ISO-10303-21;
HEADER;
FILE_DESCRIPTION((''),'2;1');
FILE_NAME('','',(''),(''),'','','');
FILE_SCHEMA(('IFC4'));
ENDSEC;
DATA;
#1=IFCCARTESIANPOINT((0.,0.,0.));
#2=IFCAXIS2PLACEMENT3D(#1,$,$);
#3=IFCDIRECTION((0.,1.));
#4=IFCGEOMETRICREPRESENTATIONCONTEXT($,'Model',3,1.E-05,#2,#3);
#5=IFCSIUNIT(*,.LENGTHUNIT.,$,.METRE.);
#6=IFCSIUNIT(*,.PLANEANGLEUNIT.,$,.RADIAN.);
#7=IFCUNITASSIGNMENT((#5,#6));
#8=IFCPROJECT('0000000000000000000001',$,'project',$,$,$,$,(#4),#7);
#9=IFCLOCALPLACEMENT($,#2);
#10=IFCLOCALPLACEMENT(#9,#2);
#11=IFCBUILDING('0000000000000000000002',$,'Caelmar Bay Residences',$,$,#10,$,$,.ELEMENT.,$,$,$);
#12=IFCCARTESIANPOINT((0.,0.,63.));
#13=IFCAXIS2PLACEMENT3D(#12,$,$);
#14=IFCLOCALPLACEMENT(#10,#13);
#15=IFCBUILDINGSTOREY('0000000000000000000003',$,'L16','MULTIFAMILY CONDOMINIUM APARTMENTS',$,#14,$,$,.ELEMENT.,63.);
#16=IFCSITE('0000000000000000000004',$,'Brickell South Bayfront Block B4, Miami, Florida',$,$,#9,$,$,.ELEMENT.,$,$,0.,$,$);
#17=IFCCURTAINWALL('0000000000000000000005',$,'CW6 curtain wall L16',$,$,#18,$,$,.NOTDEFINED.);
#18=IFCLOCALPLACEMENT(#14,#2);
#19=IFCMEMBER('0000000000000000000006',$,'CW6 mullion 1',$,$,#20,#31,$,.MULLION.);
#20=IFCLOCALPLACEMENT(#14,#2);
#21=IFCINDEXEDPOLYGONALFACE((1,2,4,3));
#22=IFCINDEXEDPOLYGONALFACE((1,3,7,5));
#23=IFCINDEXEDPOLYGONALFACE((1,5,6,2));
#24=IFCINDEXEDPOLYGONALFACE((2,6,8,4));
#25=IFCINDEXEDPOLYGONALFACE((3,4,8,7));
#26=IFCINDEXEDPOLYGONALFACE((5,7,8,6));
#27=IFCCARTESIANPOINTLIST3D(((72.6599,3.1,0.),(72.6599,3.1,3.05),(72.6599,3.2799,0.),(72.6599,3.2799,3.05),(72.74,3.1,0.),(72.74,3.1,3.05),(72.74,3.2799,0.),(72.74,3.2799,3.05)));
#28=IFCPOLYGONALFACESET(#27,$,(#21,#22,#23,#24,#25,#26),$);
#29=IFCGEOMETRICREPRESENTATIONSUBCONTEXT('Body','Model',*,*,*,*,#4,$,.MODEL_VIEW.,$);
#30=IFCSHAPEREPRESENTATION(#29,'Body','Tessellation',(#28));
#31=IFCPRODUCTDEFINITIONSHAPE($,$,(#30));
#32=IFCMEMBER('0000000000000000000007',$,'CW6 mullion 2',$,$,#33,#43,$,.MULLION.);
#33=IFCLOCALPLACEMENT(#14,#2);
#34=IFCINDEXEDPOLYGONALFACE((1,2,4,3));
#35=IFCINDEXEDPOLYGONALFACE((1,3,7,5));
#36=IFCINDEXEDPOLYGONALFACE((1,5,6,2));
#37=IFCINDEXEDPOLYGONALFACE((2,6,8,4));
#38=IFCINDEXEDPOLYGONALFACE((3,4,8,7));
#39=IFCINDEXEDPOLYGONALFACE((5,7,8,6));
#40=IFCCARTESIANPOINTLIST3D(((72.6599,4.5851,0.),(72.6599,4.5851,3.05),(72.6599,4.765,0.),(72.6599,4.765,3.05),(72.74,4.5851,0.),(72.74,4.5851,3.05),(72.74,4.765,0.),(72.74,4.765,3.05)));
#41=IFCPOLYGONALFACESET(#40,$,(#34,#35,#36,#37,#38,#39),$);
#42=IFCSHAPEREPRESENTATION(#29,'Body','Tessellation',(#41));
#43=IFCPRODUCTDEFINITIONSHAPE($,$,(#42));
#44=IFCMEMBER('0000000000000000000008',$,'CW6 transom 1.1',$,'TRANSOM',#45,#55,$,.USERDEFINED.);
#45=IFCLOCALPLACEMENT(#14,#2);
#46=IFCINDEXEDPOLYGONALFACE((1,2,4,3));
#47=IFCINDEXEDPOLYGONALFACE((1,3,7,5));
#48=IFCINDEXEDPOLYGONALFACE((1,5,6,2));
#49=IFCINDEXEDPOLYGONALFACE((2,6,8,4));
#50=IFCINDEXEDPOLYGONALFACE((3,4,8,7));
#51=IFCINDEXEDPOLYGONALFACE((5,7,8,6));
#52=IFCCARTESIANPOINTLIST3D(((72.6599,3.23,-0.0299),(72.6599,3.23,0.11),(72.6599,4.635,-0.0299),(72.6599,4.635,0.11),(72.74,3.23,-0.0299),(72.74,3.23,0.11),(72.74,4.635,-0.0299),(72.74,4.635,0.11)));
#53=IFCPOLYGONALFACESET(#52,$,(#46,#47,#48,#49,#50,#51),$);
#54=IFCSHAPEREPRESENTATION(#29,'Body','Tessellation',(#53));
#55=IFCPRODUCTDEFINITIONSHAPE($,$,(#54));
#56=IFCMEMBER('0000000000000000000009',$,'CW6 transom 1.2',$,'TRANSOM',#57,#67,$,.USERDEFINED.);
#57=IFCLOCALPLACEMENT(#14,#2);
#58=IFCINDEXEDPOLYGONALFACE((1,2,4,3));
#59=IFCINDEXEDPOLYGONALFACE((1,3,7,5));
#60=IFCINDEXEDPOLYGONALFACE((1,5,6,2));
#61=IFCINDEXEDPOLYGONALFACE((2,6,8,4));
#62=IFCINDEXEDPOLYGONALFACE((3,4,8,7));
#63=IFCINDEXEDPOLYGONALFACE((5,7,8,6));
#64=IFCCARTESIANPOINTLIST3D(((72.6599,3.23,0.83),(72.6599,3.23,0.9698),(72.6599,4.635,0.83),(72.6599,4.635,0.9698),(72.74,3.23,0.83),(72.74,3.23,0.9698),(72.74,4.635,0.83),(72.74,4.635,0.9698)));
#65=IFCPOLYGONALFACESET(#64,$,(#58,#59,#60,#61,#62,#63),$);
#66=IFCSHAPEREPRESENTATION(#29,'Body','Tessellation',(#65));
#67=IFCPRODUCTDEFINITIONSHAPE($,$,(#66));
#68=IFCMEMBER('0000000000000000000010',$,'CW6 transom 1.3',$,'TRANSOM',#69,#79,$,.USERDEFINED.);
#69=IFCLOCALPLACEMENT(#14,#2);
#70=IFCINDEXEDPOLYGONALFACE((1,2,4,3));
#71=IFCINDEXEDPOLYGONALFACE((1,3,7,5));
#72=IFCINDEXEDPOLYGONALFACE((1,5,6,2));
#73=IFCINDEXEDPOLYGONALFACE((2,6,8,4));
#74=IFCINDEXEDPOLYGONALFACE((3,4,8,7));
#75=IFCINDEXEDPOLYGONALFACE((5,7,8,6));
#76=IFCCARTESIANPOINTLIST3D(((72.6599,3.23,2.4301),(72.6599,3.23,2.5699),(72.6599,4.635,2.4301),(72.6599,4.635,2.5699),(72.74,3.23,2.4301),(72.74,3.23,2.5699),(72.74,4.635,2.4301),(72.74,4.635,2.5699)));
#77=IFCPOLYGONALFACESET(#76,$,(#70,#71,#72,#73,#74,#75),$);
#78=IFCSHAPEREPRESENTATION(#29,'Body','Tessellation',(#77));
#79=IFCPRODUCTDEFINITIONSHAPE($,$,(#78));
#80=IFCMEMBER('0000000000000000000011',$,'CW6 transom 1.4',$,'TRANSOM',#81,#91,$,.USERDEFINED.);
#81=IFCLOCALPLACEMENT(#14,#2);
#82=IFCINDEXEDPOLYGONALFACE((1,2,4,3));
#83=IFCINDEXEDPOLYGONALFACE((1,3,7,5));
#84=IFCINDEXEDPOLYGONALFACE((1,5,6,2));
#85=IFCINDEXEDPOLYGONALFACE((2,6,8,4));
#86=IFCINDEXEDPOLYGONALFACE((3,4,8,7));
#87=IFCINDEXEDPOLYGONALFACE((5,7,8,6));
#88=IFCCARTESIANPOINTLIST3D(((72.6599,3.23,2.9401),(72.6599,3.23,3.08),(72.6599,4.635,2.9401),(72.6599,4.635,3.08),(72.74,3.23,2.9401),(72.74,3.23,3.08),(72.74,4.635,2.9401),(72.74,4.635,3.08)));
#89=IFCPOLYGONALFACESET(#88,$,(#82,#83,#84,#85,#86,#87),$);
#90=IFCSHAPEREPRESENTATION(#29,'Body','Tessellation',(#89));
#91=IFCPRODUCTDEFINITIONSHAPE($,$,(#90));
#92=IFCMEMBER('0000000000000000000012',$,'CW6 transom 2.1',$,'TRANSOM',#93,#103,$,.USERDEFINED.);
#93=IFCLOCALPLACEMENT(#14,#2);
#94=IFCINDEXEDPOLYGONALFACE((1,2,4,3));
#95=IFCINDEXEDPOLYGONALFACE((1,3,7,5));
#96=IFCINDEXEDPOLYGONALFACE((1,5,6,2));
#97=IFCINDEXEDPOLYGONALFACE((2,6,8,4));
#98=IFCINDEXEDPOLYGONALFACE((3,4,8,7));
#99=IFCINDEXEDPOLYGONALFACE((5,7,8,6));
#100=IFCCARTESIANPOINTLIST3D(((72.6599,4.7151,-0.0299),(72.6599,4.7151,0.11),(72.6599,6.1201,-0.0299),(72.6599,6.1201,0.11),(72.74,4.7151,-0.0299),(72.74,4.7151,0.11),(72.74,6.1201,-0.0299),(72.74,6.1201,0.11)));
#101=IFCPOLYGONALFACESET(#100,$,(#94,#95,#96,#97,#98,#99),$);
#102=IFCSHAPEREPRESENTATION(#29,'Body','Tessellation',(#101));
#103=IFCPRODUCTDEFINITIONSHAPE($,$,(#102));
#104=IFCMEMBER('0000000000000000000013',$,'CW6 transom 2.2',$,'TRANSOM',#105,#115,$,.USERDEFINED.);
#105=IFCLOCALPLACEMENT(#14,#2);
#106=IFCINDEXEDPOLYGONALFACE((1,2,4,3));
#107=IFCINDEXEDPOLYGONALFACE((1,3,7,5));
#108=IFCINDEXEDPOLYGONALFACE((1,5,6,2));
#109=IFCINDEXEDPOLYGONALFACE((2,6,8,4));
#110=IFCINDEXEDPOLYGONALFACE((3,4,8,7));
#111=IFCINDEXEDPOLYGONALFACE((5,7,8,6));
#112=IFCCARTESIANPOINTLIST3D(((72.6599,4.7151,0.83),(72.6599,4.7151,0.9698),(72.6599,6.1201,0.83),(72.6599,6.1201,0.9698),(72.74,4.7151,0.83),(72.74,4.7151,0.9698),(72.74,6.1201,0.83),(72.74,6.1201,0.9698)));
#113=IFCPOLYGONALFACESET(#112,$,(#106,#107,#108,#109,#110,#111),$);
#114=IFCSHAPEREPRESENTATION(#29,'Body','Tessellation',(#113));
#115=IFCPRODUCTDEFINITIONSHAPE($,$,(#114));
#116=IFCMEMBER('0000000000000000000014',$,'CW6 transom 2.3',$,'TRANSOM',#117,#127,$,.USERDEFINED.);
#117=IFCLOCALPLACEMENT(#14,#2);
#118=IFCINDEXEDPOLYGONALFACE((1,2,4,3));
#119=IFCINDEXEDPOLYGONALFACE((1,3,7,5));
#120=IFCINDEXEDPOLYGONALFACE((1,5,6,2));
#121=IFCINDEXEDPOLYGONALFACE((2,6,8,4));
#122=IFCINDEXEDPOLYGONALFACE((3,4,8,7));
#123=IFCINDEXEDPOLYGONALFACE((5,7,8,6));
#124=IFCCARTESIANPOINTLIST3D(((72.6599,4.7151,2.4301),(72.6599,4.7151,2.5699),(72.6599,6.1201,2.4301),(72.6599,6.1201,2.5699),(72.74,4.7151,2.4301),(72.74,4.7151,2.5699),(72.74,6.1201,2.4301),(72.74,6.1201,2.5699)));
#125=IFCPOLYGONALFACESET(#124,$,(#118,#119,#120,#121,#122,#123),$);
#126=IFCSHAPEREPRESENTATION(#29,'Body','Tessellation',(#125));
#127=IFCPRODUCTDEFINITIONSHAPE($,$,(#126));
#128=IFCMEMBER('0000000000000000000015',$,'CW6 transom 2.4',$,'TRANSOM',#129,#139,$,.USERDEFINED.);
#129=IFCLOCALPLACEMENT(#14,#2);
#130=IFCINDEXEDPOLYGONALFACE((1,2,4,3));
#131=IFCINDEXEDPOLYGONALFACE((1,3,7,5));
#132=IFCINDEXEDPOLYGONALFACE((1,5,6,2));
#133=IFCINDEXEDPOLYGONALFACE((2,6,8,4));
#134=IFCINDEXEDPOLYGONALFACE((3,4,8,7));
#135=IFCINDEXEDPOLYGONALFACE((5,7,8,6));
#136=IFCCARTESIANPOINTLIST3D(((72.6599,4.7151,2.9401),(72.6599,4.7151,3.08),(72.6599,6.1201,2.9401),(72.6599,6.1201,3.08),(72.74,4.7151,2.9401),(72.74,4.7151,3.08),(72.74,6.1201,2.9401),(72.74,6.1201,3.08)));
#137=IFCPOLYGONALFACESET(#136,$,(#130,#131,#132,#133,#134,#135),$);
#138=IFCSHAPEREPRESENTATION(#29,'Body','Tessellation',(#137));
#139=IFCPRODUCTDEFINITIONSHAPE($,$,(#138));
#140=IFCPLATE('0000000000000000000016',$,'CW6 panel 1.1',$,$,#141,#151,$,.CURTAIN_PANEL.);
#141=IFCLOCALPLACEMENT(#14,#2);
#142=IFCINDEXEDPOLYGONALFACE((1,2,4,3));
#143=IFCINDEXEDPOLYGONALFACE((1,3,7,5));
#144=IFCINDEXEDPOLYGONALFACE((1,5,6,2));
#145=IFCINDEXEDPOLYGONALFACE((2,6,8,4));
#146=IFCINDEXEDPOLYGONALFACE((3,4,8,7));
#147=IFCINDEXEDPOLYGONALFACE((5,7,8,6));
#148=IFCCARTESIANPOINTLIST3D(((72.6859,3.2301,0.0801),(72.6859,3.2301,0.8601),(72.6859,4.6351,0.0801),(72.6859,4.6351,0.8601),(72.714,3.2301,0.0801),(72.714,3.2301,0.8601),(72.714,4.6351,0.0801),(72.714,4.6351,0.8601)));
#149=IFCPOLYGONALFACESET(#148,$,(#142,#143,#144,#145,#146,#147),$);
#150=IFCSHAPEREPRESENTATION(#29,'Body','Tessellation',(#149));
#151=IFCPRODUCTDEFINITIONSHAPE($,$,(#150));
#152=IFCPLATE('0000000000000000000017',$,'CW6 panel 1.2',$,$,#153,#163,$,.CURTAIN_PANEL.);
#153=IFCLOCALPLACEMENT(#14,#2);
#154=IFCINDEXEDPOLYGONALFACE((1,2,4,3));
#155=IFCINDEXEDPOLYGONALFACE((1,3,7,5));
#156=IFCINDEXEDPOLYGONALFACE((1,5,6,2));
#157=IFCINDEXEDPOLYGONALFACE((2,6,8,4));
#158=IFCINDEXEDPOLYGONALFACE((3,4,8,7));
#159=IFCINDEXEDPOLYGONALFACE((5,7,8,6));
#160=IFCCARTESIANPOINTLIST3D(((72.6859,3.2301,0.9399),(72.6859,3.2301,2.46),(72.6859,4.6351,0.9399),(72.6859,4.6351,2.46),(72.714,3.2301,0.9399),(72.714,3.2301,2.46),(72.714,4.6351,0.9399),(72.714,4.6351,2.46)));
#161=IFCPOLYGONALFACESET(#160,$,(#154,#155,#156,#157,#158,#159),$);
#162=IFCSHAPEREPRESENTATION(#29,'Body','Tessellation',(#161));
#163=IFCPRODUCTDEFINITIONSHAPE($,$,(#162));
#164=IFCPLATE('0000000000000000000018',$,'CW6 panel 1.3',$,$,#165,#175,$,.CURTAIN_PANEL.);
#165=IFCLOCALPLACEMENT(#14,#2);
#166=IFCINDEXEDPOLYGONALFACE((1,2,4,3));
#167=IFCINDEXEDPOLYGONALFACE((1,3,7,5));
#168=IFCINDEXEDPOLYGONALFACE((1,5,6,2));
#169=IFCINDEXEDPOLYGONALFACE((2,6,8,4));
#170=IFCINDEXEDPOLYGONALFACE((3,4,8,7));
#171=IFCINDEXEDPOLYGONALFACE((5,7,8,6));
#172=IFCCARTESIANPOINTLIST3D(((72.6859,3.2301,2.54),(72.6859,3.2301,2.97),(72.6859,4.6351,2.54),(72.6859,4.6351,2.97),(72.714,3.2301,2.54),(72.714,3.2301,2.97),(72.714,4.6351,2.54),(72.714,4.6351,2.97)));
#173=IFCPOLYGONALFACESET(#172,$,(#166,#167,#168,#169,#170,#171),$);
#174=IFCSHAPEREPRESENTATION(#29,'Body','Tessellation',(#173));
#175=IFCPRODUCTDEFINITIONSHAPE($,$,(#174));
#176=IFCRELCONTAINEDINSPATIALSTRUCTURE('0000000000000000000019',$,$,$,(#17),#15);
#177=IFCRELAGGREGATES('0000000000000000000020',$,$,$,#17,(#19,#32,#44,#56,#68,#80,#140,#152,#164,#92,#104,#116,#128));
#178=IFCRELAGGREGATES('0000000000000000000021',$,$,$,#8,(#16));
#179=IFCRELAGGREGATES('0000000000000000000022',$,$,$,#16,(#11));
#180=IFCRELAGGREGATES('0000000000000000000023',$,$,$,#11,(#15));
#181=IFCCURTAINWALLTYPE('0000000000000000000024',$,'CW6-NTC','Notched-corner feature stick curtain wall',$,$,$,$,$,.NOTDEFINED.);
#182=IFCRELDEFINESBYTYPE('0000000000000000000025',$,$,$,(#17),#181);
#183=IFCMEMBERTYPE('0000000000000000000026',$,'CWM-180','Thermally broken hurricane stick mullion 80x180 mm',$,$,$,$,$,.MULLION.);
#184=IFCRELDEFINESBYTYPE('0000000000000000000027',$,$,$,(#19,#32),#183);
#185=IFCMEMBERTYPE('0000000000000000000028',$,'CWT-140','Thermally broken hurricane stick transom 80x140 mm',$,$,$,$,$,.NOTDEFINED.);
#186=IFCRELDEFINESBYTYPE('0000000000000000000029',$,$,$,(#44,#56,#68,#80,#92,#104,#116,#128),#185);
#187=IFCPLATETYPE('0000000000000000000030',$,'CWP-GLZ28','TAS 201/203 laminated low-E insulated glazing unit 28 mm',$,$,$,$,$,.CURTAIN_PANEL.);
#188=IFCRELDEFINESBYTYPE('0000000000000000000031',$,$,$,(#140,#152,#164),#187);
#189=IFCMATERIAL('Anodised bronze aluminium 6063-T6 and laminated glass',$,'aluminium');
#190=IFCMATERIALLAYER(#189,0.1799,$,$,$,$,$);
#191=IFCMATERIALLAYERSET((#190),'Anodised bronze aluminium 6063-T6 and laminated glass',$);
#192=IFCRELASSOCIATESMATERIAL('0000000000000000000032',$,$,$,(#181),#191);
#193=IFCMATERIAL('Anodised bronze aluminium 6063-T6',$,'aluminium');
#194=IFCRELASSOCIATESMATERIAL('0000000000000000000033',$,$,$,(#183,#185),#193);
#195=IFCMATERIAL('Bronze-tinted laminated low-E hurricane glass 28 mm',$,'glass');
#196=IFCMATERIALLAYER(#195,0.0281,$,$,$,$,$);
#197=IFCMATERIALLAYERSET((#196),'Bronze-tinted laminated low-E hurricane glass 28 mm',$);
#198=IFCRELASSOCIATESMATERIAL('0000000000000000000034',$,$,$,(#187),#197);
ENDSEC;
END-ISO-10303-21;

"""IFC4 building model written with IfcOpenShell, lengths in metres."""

from ifc_helpers import new_model, si_unit, direction, frame, origin, origin_2d, place, context, subcontext, project, spatial, rectangle, extrude, material, layer, layer_set, material_profile, profile_set, type_object, element, aggregate, save


model = new_model("IFC4")

# Units and contexts
model_context = context("Model", 3, precision=1e-05, world=origin(), true_north=direction((0.0, 1.0)))
body_context = subcontext(model_context, "Body", "Model", "MODEL_VIEW")
ifc_project = project(units=[si_unit("LENGTHUNIT", "METRE"), si_unit("PLANEANGLEUNIT", "RADIAN")], contexts=[model_context])

# Site, building, storey
site_placement = place(None, origin())
site = spatial("IfcSite", under=ifc_project, at=site_placement, Name="Brickell South Bayfront Block B4, Miami, Florida", CompositionType="ELEMENT", RefElevation=0.0)
building_placement = place(site_placement, origin())
building = spatial("IfcBuilding", under=site, at=building_placement, Name="Caelmar Bay Residences", CompositionType="ELEMENT")
storey_placement = place(building_placement, frame((0.0, 0.0, 63.0)))
storey = spatial("IfcBuildingStorey", under=building, at=storey_placement, Name="L16", Description="MULTIFAMILY CONDOMINIUM APARTMENTS", CompositionType="ELEMENT", Elevation=63.0)

# Curtain wall, members, plates
ifc_material_1 = material(Name="Anodised bronze aluminium 6063-T6 and laminated glass", Category="aluminium")
ifc_layer_1 = layer(ifc_material_1, 0.1799)
ifc_layer_set_1 = layer_set([ifc_layer_1], Name="Anodised bronze aluminium 6063-T6 and laminated glass")
curtain_wall_type = type_object("IfcCurtainWallType", Name="CW6-NTC", Description="Notched-corner feature stick curtain wall", PredefinedType="NOTDEFINED", material=ifc_layer_set_1)
curtain_wall_placement = place(storey_placement, origin())
curtain_wall = element("IfcCurtainWall", 1, at=curtain_wall_placement, inside=storey, type_object=curtain_wall_type, Name="CW6 curtain wall L16", PredefinedType="NOTDEFINED")
ifc_material_2 = material(Name="Anodised bronze aluminium 6063-T6", Category="aluminium")
ifc_material_profile_1 = material_profile(ifc_material_2, rectangle(XDim=0.0801, YDim=0.1799, at=origin_2d()), Name="CWM-80X180")
ifc_profile_set_1 = profile_set([ifc_material_profile_1], Name="Anodised bronze aluminium 6063-T6")
member_type_1 = type_object("IfcMemberType", Name="CWM-180", Description="Thermally broken hurricane stick mullion 80x180 mm", PredefinedType="MULLION", material=ifc_profile_set_1)
member_1_placement = place(storey_placement, frame((72.7, 3.1899, 0.0), z_axis=(0.0, 0.0, 1.0), x_axis=(-1.0, 0.0, 0.0)))
member_1 = element("IfcMember", 2, at=member_1_placement, type_object=member_type_1, Name="CW6 mullion 1", PredefinedType="MULLION", context=body_context, shape_type="SweptSolid", body=[
    extrude(rectangle(XDim=0.0801, YDim=0.1799, at=origin_2d()), origin(), (0.0, 0.0, 1.0), 3.05),
])
member_2_placement = place(storey_placement, frame((72.7, 4.675, 0.0), z_axis=(0.0, 0.0, 1.0), x_axis=(-1.0, 0.0, 0.0)))
member_2 = element("IfcMember", 3, at=member_2_placement, type_object=member_type_1, Name="CW6 mullion 2", PredefinedType="MULLION", context=body_context, shape_type="SweptSolid", body=[
    extrude(rectangle(XDim=0.0801, YDim=0.1799, at=origin_2d()), origin(), (0.0, 0.0, 1.0), 3.05),
])
ifc_material_profile_2 = material_profile(ifc_material_2, rectangle(XDim=0.0801, YDim=0.1399, at=origin_2d()), Name="CWT-80X140")
ifc_profile_set_2 = profile_set([ifc_material_profile_2], Name="Anodised bronze aluminium 6063-T6")
member_type_2 = type_object("IfcMemberType", Name="CWT-140", Description="Thermally broken hurricane stick transom 80x140 mm", PredefinedType="NOTDEFINED", material=ifc_profile_set_2)
member_3_placement = place(storey_placement, frame((72.7, 3.23, 0.04), z_axis=(0.0, 1.0, 0.0), x_axis=(-1.0, 0.0, 0.0)))
member_3 = element("IfcMember", 4, at=member_3_placement, type_object=member_type_2, Name="CW6 transom 1.1", ObjectType="TRANSOM", PredefinedType="USERDEFINED", context=body_context, shape_type="SweptSolid", body=[
    extrude(rectangle(XDim=0.0801, YDim=0.1399, at=origin_2d()), origin(), (0.0, 0.0, 1.0), 1.405),
])
member_4_placement = place(storey_placement, frame((72.7, 3.23, 0.8999), z_axis=(0.0, 1.0, 0.0), x_axis=(-1.0, 0.0, 0.0)))
member_4 = element("IfcMember", 5, at=member_4_placement, type_object=member_type_2, Name="CW6 transom 1.2", ObjectType="TRANSOM", PredefinedType="USERDEFINED", context=body_context, shape_type="SweptSolid", body=[
    extrude(rectangle(XDim=0.0801, YDim=0.1399, at=origin_2d()), origin(), (0.0, 0.0, 1.0), 1.405),
])
member_5_placement = place(storey_placement, frame((72.7, 3.23, 2.5), z_axis=(0.0, 1.0, 0.0), x_axis=(-1.0, 0.0, 0.0)))
member_5 = element("IfcMember", 6, at=member_5_placement, type_object=member_type_2, Name="CW6 transom 1.3", ObjectType="TRANSOM", PredefinedType="USERDEFINED", context=body_context, shape_type="SweptSolid", body=[
    extrude(rectangle(XDim=0.0801, YDim=0.1399, at=origin_2d()), origin(), (0.0, 0.0, 1.0), 1.405),
])
member_6_placement = place(storey_placement, frame((72.7, 3.23, 3.01), z_axis=(0.0, 1.0, 0.0), x_axis=(-1.0, 0.0, 0.0)))
member_6 = element("IfcMember", 7, at=member_6_placement, type_object=member_type_2, Name="CW6 transom 1.4", ObjectType="TRANSOM", PredefinedType="USERDEFINED", context=body_context, shape_type="SweptSolid", body=[
    extrude(rectangle(XDim=0.0801, YDim=0.1399, at=origin_2d()), origin(), (0.0, 0.0, 1.0), 1.405),
])
member_7_placement = place(storey_placement, frame((72.7, 4.7151, 0.04), z_axis=(0.0, 1.0, 0.0), x_axis=(-1.0, 0.0, 0.0)))
member_7 = element("IfcMember", 8, at=member_7_placement, type_object=member_type_2, Name="CW6 transom 2.1", ObjectType="TRANSOM", PredefinedType="USERDEFINED", context=body_context, shape_type="SweptSolid", body=[
    extrude(rectangle(XDim=0.0801, YDim=0.1399, at=origin_2d()), origin(), (0.0, 0.0, 1.0), 1.405),
])
member_8_placement = place(storey_placement, frame((72.7, 4.7151, 0.8999), z_axis=(0.0, 1.0, 0.0), x_axis=(-1.0, 0.0, 0.0)))
member_8 = element("IfcMember", 9, at=member_8_placement, type_object=member_type_2, Name="CW6 transom 2.2", ObjectType="TRANSOM", PredefinedType="USERDEFINED", context=body_context, shape_type="SweptSolid", body=[
    extrude(rectangle(XDim=0.0801, YDim=0.1399, at=origin_2d()), origin(), (0.0, 0.0, 1.0), 1.405),
])
member_9_placement = place(storey_placement, frame((72.7, 4.7151, 2.5), z_axis=(0.0, 1.0, 0.0), x_axis=(-1.0, 0.0, 0.0)))
member_9 = element("IfcMember", 10, at=member_9_placement, type_object=member_type_2, Name="CW6 transom 2.3", ObjectType="TRANSOM", PredefinedType="USERDEFINED", context=body_context, shape_type="SweptSolid", body=[
    extrude(rectangle(XDim=0.0801, YDim=0.1399, at=origin_2d()), origin(), (0.0, 0.0, 1.0), 1.405),
])
member_10_placement = place(storey_placement, frame((72.7, 4.7151, 3.01), z_axis=(0.0, 1.0, 0.0), x_axis=(-1.0, 0.0, 0.0)))
member_10 = element("IfcMember", 11, at=member_10_placement, type_object=member_type_2, Name="CW6 transom 2.4", ObjectType="TRANSOM", PredefinedType="USERDEFINED", context=body_context, shape_type="SweptSolid", body=[
    extrude(rectangle(XDim=0.0801, YDim=0.1399, at=origin_2d()), origin(), (0.0, 0.0, 1.0), 1.405),
])
ifc_material_3 = material(Name="Bronze-tinted laminated low-E hurricane glass 28 mm", Category="glass")
ifc_layer_2 = layer(ifc_material_3, 0.0281)
ifc_layer_set_2 = layer_set([ifc_layer_2], Name="Bronze-tinted laminated low-E hurricane glass 28 mm")
plate_type = type_object("IfcPlateType", Name="CWP-GLZ28", Description="TAS 201/203 laminated low-E insulated glazing unit 28 mm", PredefinedType="CURTAIN_PANEL", material=ifc_layer_set_2)
plate_1_placement = place(storey_placement, frame((72.7, 3.9326, 0.0801), z_axis=(0.0, 0.0, 1.0), x_axis=(0.0, 1.0, 0.0)))
plate_1 = element("IfcPlate", 12, at=plate_1_placement, type_object=plate_type, Name="CW6 panel 1.1", PredefinedType="CURTAIN_PANEL", context=body_context, shape_type="SweptSolid", body=[
    extrude(rectangle(XDim=1.405, YDim=0.0281, at=origin_2d()), origin(), (0.0, 0.0, 1.0), 0.78),
])
plate_2_placement = place(storey_placement, frame((72.7, 3.9326, 0.9399), z_axis=(0.0, 0.0, 1.0), x_axis=(0.0, 1.0, 0.0)))
plate_2 = element("IfcPlate", 13, at=plate_2_placement, type_object=plate_type, Name="CW6 panel 1.2", PredefinedType="CURTAIN_PANEL", context=body_context, shape_type="SweptSolid", body=[
    extrude(rectangle(XDim=1.405, YDim=0.0281, at=origin_2d()), origin(), (0.0, 0.0, 1.0), 1.52),
])
plate_3_placement = place(storey_placement, frame((72.7, 3.9326, 2.54), z_axis=(0.0, 0.0, 1.0), x_axis=(0.0, 1.0, 0.0)))
plate_3 = element("IfcPlate", 14, at=plate_3_placement, type_object=plate_type, Name="CW6 panel 1.3", PredefinedType="CURTAIN_PANEL", context=body_context, shape_type="SweptSolid", body=[
    extrude(rectangle(XDim=1.405, YDim=0.0281, at=origin_2d()), origin(), (0.0, 0.0, 1.0), 0.4299),
])
aggregate(curtain_wall, [member_1, member_2, member_3, member_4, member_5, member_6, plate_1, plate_2, plate_3, member_7, member_8, member_9, member_10])

save(model, "model.ifc")
